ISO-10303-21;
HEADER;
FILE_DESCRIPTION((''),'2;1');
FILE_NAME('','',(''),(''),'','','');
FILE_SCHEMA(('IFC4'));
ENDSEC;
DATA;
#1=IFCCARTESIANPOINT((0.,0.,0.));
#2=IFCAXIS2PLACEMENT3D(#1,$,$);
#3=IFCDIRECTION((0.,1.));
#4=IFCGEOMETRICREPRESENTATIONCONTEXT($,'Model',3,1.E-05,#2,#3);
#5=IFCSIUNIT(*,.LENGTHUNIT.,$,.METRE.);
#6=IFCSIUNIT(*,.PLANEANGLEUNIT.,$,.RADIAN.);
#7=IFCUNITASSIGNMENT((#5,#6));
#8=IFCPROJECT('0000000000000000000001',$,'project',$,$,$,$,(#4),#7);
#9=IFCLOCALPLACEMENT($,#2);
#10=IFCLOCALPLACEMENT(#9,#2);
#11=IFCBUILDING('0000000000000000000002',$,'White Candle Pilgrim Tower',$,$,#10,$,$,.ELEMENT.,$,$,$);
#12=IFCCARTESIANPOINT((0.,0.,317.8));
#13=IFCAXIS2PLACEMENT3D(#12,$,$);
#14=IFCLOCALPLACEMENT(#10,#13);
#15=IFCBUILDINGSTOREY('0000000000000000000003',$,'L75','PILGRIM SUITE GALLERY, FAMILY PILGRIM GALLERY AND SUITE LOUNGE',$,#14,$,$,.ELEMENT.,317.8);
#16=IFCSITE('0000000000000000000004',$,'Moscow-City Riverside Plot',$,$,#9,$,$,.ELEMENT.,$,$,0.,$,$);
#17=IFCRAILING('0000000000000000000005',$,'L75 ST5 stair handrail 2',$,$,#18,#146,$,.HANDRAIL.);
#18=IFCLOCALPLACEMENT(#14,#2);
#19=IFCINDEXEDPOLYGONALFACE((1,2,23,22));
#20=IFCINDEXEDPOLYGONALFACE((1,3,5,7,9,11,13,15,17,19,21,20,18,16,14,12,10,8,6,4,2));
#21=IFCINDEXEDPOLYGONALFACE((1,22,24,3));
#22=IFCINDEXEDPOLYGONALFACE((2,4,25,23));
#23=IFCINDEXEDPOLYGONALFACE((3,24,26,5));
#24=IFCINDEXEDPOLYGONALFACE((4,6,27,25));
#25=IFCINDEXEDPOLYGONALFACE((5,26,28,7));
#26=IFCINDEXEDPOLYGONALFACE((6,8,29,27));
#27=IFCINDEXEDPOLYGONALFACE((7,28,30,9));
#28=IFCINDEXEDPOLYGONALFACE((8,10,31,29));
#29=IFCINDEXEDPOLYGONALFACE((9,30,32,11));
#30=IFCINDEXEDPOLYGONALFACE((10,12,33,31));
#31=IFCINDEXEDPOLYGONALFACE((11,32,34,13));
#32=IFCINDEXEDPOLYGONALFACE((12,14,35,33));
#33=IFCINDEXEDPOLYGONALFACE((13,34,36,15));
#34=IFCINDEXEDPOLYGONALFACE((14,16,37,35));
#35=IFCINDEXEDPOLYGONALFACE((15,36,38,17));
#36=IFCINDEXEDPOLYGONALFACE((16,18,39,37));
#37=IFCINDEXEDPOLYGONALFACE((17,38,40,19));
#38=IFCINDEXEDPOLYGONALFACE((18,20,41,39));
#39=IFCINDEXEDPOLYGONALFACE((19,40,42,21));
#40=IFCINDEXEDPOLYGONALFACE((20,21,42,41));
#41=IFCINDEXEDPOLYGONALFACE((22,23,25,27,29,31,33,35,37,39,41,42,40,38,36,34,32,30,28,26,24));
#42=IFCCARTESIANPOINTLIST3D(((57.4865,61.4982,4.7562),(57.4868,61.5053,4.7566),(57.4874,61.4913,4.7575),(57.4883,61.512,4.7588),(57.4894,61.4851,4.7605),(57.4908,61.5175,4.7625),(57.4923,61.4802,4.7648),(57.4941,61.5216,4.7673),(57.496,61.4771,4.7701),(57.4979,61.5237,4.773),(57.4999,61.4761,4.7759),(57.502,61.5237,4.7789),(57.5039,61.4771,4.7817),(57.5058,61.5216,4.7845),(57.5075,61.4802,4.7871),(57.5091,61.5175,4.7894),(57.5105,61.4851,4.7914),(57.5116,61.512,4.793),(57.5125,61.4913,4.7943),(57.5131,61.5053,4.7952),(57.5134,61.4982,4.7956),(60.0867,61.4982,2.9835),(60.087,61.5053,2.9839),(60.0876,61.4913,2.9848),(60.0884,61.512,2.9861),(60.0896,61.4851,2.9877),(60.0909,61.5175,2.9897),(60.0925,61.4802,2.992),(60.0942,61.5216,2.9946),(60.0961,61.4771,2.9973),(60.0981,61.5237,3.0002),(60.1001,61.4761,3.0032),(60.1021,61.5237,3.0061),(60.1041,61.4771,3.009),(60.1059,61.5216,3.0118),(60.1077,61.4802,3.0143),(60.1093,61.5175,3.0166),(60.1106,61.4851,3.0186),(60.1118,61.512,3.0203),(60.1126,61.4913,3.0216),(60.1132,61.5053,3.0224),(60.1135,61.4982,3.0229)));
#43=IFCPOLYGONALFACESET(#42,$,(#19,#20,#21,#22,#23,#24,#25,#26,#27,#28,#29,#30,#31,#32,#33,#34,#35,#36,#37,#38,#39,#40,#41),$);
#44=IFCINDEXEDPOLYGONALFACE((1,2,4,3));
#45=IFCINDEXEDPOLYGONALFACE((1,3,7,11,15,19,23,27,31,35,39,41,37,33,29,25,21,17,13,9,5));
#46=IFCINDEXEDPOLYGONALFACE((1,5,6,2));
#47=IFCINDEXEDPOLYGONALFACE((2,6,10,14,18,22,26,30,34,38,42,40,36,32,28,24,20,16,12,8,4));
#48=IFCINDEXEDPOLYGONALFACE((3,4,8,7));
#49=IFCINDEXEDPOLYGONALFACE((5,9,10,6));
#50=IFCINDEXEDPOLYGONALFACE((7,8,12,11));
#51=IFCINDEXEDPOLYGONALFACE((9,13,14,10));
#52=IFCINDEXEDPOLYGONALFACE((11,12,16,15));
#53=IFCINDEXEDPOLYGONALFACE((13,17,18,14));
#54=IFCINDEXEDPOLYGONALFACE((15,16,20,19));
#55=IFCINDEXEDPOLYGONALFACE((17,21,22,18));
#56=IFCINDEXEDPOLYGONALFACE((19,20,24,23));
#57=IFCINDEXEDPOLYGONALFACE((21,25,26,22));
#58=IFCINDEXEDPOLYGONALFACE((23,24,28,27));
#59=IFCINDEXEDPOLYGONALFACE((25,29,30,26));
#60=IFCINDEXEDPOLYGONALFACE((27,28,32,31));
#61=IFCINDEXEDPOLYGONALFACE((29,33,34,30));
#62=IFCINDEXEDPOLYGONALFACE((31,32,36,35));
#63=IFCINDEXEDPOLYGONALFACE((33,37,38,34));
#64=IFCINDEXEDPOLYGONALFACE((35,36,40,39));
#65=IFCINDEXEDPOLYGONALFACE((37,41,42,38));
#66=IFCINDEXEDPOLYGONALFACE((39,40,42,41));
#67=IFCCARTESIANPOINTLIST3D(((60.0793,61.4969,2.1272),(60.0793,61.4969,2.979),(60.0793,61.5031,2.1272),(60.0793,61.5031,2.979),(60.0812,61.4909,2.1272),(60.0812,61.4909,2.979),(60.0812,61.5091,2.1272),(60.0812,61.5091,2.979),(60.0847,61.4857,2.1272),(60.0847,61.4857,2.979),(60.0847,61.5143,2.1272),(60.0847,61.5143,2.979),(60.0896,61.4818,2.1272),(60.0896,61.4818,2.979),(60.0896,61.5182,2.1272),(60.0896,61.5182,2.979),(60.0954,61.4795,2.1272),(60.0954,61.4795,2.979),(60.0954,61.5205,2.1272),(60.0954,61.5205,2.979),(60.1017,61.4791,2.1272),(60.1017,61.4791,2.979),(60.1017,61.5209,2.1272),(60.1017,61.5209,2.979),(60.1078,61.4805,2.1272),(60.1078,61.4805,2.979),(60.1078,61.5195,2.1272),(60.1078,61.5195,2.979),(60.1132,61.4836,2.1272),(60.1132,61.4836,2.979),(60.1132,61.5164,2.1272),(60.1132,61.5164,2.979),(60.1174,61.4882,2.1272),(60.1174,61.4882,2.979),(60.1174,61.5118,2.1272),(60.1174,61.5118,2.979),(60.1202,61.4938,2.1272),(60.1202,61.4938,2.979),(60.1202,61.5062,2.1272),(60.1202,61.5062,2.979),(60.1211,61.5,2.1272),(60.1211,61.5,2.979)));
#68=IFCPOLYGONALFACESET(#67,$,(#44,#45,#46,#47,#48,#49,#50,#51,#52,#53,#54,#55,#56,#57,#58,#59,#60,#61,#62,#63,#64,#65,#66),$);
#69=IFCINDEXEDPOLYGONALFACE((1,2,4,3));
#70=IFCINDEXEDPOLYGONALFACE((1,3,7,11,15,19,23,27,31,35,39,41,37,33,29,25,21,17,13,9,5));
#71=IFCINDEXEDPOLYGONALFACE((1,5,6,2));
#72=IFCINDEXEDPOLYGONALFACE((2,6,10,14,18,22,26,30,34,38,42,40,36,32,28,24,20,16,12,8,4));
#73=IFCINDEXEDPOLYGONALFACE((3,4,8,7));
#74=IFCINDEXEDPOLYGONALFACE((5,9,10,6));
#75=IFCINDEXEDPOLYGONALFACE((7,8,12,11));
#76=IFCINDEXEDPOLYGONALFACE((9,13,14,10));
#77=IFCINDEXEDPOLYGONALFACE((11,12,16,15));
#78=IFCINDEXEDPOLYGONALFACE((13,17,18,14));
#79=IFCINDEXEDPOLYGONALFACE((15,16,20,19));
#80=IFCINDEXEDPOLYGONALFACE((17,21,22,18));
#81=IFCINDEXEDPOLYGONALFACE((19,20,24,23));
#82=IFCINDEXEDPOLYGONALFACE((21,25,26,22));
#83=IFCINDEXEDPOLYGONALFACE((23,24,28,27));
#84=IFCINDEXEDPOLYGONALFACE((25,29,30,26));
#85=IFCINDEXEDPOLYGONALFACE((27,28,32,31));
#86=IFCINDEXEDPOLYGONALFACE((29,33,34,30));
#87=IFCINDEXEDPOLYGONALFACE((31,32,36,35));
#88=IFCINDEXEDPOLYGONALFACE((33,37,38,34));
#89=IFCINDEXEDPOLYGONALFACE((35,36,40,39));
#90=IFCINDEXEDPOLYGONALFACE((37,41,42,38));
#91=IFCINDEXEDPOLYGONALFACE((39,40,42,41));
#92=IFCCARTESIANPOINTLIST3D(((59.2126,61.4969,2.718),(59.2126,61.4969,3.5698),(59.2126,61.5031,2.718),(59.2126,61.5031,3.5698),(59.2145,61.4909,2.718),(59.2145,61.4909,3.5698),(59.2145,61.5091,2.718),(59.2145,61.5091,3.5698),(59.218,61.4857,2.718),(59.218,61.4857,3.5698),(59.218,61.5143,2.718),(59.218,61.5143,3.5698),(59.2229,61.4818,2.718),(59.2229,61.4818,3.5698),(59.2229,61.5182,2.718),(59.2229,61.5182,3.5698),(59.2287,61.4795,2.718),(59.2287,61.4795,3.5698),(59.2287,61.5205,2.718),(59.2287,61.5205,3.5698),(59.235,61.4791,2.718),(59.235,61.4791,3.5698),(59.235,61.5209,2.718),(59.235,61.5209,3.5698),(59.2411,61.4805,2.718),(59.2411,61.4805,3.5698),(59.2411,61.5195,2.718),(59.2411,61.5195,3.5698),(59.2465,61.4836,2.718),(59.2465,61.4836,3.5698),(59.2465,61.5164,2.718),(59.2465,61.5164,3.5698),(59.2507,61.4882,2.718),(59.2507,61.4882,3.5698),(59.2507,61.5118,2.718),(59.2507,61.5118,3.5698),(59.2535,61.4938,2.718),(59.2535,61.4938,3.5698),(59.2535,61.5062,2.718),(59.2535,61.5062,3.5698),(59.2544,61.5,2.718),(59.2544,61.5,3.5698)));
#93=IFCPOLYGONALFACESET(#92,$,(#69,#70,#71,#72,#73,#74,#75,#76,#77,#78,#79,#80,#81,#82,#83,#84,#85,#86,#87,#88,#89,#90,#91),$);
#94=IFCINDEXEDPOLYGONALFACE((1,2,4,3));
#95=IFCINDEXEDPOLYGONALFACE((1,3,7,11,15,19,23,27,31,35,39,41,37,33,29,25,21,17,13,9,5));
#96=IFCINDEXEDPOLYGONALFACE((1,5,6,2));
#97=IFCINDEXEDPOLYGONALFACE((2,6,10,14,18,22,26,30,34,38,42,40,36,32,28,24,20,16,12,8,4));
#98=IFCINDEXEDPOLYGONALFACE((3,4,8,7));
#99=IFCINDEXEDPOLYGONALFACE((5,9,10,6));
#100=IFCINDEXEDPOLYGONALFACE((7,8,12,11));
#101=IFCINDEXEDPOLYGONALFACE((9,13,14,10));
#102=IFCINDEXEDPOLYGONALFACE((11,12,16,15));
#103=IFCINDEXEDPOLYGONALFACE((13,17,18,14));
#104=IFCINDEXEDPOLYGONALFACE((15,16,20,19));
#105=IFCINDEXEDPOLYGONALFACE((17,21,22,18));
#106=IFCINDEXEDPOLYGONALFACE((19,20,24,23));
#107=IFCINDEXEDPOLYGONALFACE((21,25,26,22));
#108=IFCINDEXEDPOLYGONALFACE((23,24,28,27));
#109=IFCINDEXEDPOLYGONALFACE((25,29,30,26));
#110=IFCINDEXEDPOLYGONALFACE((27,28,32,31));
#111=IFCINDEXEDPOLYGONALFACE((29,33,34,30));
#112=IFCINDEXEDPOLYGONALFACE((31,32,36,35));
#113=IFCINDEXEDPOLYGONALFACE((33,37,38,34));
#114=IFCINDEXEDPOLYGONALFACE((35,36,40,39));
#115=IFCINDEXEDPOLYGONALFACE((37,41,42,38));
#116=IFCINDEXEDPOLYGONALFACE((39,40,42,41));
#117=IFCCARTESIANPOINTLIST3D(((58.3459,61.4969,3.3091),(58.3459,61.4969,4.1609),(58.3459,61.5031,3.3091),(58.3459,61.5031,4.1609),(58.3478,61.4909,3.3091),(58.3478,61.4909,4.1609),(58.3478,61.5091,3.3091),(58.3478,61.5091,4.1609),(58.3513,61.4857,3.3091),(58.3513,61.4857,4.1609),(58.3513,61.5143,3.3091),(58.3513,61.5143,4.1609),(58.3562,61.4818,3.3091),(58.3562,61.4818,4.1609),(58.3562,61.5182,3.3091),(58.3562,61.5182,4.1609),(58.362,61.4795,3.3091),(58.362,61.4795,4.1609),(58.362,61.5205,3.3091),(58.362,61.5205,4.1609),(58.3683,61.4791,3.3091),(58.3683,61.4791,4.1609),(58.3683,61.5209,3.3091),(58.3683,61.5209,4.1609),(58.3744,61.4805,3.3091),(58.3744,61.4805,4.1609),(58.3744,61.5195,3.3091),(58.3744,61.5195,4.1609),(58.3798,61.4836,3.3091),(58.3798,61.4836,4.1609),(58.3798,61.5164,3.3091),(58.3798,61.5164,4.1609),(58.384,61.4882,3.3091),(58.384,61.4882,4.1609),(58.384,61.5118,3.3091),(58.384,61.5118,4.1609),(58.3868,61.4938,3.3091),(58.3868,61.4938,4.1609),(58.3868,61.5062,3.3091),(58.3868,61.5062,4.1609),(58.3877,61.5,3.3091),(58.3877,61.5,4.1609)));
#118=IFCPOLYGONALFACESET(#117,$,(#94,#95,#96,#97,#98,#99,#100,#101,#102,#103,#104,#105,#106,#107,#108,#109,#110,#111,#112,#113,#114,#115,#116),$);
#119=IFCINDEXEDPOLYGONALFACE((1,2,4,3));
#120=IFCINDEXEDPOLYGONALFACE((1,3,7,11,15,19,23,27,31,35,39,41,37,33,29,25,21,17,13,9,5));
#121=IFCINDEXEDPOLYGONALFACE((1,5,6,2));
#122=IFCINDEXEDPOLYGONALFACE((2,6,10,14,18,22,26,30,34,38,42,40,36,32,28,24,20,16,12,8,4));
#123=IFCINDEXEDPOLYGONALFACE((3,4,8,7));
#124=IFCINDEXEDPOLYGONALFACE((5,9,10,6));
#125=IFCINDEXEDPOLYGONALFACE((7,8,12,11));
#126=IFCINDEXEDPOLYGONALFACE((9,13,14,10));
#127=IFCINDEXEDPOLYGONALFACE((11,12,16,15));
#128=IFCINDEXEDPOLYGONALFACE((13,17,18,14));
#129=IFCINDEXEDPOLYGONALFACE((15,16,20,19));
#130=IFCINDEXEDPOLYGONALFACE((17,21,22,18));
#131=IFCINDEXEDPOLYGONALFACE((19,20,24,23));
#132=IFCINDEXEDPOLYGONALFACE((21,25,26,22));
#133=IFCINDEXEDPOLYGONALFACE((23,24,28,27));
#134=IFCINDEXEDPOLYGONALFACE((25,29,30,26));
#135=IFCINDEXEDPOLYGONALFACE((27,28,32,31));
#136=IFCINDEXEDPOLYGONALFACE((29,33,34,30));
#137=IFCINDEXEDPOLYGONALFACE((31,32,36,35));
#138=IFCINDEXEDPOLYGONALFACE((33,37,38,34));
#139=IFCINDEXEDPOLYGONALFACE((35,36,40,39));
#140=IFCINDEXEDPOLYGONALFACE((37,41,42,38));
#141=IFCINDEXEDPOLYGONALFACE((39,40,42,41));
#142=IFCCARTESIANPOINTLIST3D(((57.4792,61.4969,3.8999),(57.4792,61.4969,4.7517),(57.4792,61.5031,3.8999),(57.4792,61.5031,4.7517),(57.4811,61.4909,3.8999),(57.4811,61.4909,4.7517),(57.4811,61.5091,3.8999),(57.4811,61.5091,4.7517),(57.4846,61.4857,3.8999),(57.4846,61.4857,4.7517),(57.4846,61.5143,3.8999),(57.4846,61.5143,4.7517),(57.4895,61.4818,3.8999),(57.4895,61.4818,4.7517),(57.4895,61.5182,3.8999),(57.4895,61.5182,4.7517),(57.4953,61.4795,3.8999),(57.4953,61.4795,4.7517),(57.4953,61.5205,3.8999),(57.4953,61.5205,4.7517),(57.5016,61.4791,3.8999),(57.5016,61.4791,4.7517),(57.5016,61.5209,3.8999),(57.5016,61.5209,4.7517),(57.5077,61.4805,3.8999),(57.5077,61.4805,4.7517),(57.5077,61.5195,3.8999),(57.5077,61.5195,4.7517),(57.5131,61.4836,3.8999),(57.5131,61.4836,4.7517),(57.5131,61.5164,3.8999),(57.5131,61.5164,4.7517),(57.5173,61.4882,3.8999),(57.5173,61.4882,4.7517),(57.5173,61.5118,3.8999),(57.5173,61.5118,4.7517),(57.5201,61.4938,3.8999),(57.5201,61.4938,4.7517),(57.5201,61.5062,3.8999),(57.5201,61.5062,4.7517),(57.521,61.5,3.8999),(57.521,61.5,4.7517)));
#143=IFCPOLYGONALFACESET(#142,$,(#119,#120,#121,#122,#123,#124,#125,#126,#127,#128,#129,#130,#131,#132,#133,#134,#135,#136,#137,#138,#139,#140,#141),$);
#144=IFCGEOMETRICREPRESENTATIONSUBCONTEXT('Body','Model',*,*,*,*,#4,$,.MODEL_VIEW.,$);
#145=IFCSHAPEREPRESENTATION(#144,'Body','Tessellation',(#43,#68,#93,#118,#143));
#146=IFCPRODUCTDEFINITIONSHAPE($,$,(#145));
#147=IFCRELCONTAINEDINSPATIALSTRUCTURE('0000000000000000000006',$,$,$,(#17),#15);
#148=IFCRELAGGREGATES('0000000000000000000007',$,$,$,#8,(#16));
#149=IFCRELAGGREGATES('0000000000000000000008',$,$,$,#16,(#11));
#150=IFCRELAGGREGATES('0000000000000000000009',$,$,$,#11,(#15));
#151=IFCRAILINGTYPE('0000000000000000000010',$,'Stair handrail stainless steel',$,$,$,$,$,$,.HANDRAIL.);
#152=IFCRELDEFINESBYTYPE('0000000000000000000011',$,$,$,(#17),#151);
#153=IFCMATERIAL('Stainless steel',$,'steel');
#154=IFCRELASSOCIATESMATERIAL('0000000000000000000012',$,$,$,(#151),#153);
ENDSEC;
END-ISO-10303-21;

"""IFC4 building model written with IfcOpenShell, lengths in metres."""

from ifc_helpers import new_model, si_unit, direction, frame, origin, origin_2d, place, context, subcontext, project, spatial, circle, extrude, material, type_object, element, save


model = new_model("IFC4")

# Units and contexts
model_context = context("Model", 3, precision=1e-05, world=origin(), true_north=direction((0.0, 1.0)))
body_context = subcontext(model_context, "Body", "Model", "MODEL_VIEW")
ifc_project = project(units=[si_unit("LENGTHUNIT", "METRE"), si_unit("PLANEANGLEUNIT", "RADIAN")], contexts=[model_context])

# Site, building, storey
site_placement = place(None, origin())
site = spatial("IfcSite", under=ifc_project, at=site_placement, Name="Moscow-City Riverside Plot", CompositionType="ELEMENT", RefElevation=0.0)
building_placement = place(site_placement, origin())
building = spatial("IfcBuilding", under=site, at=building_placement, Name="White Candle Pilgrim Tower", CompositionType="ELEMENT")
storey_placement = place(building_placement, frame((0.0, 0.0, 317.8)))
storey = spatial("IfcBuildingStorey", under=building, at=storey_placement, Name="L75", Description="PILGRIM SUITE GALLERY, FAMILY PILGRIM GALLERY AND SUITE LOUNGE", CompositionType="ELEMENT", Elevation=317.8)

# Railing
ifc_material_1 = material(Name="Stainless steel", Category="steel")
railing_type_1 = type_object("IfcRailingType", Name="Stair handrail stainless steel", PredefinedType="HANDRAIL", material=ifc_material_1)
railing_1_placement = place(storey_placement, frame((60.1001, 61.5, 2.1272)))
element("IfcRailing", 1, at=railing_1_placement, inside=storey, type_object=railing_type_1, Name="L75 ST5 stair handrail 2", PredefinedType="HANDRAIL", context=body_context, shape_type="SweptSolid", body=[
    extrude(circle(Radius=0.0239, at=origin_2d()), frame((0.0, 0.0, 0.876), z_axis=(-0.82624, 0.0, 0.563318), x_axis=(0.0, -1.0, 0.0)), (0.0, 0.0, 1.0), 3.147),
    extrude(circle(Radius=0.021, at=origin_2d()), origin(), (0.0, 0.0, 1.0), 0.8518),
    extrude(circle(Radius=0.021, at=origin_2d()), frame((-0.8667, 0.0, 0.5908)), (0.0, 0.0, 1.0), 0.8518),
    extrude(circle(Radius=0.021, at=origin_2d()), frame((-1.7334, 0.0, 1.1819)), (0.0, 0.0, 1.0), 0.8518),
    extrude(circle(Radius=0.021, at=origin_2d()), frame((-2.6001, 0.0, 1.7727)), (0.0, 0.0, 1.0), 0.8518),
])

save(model, "model.ifc")
